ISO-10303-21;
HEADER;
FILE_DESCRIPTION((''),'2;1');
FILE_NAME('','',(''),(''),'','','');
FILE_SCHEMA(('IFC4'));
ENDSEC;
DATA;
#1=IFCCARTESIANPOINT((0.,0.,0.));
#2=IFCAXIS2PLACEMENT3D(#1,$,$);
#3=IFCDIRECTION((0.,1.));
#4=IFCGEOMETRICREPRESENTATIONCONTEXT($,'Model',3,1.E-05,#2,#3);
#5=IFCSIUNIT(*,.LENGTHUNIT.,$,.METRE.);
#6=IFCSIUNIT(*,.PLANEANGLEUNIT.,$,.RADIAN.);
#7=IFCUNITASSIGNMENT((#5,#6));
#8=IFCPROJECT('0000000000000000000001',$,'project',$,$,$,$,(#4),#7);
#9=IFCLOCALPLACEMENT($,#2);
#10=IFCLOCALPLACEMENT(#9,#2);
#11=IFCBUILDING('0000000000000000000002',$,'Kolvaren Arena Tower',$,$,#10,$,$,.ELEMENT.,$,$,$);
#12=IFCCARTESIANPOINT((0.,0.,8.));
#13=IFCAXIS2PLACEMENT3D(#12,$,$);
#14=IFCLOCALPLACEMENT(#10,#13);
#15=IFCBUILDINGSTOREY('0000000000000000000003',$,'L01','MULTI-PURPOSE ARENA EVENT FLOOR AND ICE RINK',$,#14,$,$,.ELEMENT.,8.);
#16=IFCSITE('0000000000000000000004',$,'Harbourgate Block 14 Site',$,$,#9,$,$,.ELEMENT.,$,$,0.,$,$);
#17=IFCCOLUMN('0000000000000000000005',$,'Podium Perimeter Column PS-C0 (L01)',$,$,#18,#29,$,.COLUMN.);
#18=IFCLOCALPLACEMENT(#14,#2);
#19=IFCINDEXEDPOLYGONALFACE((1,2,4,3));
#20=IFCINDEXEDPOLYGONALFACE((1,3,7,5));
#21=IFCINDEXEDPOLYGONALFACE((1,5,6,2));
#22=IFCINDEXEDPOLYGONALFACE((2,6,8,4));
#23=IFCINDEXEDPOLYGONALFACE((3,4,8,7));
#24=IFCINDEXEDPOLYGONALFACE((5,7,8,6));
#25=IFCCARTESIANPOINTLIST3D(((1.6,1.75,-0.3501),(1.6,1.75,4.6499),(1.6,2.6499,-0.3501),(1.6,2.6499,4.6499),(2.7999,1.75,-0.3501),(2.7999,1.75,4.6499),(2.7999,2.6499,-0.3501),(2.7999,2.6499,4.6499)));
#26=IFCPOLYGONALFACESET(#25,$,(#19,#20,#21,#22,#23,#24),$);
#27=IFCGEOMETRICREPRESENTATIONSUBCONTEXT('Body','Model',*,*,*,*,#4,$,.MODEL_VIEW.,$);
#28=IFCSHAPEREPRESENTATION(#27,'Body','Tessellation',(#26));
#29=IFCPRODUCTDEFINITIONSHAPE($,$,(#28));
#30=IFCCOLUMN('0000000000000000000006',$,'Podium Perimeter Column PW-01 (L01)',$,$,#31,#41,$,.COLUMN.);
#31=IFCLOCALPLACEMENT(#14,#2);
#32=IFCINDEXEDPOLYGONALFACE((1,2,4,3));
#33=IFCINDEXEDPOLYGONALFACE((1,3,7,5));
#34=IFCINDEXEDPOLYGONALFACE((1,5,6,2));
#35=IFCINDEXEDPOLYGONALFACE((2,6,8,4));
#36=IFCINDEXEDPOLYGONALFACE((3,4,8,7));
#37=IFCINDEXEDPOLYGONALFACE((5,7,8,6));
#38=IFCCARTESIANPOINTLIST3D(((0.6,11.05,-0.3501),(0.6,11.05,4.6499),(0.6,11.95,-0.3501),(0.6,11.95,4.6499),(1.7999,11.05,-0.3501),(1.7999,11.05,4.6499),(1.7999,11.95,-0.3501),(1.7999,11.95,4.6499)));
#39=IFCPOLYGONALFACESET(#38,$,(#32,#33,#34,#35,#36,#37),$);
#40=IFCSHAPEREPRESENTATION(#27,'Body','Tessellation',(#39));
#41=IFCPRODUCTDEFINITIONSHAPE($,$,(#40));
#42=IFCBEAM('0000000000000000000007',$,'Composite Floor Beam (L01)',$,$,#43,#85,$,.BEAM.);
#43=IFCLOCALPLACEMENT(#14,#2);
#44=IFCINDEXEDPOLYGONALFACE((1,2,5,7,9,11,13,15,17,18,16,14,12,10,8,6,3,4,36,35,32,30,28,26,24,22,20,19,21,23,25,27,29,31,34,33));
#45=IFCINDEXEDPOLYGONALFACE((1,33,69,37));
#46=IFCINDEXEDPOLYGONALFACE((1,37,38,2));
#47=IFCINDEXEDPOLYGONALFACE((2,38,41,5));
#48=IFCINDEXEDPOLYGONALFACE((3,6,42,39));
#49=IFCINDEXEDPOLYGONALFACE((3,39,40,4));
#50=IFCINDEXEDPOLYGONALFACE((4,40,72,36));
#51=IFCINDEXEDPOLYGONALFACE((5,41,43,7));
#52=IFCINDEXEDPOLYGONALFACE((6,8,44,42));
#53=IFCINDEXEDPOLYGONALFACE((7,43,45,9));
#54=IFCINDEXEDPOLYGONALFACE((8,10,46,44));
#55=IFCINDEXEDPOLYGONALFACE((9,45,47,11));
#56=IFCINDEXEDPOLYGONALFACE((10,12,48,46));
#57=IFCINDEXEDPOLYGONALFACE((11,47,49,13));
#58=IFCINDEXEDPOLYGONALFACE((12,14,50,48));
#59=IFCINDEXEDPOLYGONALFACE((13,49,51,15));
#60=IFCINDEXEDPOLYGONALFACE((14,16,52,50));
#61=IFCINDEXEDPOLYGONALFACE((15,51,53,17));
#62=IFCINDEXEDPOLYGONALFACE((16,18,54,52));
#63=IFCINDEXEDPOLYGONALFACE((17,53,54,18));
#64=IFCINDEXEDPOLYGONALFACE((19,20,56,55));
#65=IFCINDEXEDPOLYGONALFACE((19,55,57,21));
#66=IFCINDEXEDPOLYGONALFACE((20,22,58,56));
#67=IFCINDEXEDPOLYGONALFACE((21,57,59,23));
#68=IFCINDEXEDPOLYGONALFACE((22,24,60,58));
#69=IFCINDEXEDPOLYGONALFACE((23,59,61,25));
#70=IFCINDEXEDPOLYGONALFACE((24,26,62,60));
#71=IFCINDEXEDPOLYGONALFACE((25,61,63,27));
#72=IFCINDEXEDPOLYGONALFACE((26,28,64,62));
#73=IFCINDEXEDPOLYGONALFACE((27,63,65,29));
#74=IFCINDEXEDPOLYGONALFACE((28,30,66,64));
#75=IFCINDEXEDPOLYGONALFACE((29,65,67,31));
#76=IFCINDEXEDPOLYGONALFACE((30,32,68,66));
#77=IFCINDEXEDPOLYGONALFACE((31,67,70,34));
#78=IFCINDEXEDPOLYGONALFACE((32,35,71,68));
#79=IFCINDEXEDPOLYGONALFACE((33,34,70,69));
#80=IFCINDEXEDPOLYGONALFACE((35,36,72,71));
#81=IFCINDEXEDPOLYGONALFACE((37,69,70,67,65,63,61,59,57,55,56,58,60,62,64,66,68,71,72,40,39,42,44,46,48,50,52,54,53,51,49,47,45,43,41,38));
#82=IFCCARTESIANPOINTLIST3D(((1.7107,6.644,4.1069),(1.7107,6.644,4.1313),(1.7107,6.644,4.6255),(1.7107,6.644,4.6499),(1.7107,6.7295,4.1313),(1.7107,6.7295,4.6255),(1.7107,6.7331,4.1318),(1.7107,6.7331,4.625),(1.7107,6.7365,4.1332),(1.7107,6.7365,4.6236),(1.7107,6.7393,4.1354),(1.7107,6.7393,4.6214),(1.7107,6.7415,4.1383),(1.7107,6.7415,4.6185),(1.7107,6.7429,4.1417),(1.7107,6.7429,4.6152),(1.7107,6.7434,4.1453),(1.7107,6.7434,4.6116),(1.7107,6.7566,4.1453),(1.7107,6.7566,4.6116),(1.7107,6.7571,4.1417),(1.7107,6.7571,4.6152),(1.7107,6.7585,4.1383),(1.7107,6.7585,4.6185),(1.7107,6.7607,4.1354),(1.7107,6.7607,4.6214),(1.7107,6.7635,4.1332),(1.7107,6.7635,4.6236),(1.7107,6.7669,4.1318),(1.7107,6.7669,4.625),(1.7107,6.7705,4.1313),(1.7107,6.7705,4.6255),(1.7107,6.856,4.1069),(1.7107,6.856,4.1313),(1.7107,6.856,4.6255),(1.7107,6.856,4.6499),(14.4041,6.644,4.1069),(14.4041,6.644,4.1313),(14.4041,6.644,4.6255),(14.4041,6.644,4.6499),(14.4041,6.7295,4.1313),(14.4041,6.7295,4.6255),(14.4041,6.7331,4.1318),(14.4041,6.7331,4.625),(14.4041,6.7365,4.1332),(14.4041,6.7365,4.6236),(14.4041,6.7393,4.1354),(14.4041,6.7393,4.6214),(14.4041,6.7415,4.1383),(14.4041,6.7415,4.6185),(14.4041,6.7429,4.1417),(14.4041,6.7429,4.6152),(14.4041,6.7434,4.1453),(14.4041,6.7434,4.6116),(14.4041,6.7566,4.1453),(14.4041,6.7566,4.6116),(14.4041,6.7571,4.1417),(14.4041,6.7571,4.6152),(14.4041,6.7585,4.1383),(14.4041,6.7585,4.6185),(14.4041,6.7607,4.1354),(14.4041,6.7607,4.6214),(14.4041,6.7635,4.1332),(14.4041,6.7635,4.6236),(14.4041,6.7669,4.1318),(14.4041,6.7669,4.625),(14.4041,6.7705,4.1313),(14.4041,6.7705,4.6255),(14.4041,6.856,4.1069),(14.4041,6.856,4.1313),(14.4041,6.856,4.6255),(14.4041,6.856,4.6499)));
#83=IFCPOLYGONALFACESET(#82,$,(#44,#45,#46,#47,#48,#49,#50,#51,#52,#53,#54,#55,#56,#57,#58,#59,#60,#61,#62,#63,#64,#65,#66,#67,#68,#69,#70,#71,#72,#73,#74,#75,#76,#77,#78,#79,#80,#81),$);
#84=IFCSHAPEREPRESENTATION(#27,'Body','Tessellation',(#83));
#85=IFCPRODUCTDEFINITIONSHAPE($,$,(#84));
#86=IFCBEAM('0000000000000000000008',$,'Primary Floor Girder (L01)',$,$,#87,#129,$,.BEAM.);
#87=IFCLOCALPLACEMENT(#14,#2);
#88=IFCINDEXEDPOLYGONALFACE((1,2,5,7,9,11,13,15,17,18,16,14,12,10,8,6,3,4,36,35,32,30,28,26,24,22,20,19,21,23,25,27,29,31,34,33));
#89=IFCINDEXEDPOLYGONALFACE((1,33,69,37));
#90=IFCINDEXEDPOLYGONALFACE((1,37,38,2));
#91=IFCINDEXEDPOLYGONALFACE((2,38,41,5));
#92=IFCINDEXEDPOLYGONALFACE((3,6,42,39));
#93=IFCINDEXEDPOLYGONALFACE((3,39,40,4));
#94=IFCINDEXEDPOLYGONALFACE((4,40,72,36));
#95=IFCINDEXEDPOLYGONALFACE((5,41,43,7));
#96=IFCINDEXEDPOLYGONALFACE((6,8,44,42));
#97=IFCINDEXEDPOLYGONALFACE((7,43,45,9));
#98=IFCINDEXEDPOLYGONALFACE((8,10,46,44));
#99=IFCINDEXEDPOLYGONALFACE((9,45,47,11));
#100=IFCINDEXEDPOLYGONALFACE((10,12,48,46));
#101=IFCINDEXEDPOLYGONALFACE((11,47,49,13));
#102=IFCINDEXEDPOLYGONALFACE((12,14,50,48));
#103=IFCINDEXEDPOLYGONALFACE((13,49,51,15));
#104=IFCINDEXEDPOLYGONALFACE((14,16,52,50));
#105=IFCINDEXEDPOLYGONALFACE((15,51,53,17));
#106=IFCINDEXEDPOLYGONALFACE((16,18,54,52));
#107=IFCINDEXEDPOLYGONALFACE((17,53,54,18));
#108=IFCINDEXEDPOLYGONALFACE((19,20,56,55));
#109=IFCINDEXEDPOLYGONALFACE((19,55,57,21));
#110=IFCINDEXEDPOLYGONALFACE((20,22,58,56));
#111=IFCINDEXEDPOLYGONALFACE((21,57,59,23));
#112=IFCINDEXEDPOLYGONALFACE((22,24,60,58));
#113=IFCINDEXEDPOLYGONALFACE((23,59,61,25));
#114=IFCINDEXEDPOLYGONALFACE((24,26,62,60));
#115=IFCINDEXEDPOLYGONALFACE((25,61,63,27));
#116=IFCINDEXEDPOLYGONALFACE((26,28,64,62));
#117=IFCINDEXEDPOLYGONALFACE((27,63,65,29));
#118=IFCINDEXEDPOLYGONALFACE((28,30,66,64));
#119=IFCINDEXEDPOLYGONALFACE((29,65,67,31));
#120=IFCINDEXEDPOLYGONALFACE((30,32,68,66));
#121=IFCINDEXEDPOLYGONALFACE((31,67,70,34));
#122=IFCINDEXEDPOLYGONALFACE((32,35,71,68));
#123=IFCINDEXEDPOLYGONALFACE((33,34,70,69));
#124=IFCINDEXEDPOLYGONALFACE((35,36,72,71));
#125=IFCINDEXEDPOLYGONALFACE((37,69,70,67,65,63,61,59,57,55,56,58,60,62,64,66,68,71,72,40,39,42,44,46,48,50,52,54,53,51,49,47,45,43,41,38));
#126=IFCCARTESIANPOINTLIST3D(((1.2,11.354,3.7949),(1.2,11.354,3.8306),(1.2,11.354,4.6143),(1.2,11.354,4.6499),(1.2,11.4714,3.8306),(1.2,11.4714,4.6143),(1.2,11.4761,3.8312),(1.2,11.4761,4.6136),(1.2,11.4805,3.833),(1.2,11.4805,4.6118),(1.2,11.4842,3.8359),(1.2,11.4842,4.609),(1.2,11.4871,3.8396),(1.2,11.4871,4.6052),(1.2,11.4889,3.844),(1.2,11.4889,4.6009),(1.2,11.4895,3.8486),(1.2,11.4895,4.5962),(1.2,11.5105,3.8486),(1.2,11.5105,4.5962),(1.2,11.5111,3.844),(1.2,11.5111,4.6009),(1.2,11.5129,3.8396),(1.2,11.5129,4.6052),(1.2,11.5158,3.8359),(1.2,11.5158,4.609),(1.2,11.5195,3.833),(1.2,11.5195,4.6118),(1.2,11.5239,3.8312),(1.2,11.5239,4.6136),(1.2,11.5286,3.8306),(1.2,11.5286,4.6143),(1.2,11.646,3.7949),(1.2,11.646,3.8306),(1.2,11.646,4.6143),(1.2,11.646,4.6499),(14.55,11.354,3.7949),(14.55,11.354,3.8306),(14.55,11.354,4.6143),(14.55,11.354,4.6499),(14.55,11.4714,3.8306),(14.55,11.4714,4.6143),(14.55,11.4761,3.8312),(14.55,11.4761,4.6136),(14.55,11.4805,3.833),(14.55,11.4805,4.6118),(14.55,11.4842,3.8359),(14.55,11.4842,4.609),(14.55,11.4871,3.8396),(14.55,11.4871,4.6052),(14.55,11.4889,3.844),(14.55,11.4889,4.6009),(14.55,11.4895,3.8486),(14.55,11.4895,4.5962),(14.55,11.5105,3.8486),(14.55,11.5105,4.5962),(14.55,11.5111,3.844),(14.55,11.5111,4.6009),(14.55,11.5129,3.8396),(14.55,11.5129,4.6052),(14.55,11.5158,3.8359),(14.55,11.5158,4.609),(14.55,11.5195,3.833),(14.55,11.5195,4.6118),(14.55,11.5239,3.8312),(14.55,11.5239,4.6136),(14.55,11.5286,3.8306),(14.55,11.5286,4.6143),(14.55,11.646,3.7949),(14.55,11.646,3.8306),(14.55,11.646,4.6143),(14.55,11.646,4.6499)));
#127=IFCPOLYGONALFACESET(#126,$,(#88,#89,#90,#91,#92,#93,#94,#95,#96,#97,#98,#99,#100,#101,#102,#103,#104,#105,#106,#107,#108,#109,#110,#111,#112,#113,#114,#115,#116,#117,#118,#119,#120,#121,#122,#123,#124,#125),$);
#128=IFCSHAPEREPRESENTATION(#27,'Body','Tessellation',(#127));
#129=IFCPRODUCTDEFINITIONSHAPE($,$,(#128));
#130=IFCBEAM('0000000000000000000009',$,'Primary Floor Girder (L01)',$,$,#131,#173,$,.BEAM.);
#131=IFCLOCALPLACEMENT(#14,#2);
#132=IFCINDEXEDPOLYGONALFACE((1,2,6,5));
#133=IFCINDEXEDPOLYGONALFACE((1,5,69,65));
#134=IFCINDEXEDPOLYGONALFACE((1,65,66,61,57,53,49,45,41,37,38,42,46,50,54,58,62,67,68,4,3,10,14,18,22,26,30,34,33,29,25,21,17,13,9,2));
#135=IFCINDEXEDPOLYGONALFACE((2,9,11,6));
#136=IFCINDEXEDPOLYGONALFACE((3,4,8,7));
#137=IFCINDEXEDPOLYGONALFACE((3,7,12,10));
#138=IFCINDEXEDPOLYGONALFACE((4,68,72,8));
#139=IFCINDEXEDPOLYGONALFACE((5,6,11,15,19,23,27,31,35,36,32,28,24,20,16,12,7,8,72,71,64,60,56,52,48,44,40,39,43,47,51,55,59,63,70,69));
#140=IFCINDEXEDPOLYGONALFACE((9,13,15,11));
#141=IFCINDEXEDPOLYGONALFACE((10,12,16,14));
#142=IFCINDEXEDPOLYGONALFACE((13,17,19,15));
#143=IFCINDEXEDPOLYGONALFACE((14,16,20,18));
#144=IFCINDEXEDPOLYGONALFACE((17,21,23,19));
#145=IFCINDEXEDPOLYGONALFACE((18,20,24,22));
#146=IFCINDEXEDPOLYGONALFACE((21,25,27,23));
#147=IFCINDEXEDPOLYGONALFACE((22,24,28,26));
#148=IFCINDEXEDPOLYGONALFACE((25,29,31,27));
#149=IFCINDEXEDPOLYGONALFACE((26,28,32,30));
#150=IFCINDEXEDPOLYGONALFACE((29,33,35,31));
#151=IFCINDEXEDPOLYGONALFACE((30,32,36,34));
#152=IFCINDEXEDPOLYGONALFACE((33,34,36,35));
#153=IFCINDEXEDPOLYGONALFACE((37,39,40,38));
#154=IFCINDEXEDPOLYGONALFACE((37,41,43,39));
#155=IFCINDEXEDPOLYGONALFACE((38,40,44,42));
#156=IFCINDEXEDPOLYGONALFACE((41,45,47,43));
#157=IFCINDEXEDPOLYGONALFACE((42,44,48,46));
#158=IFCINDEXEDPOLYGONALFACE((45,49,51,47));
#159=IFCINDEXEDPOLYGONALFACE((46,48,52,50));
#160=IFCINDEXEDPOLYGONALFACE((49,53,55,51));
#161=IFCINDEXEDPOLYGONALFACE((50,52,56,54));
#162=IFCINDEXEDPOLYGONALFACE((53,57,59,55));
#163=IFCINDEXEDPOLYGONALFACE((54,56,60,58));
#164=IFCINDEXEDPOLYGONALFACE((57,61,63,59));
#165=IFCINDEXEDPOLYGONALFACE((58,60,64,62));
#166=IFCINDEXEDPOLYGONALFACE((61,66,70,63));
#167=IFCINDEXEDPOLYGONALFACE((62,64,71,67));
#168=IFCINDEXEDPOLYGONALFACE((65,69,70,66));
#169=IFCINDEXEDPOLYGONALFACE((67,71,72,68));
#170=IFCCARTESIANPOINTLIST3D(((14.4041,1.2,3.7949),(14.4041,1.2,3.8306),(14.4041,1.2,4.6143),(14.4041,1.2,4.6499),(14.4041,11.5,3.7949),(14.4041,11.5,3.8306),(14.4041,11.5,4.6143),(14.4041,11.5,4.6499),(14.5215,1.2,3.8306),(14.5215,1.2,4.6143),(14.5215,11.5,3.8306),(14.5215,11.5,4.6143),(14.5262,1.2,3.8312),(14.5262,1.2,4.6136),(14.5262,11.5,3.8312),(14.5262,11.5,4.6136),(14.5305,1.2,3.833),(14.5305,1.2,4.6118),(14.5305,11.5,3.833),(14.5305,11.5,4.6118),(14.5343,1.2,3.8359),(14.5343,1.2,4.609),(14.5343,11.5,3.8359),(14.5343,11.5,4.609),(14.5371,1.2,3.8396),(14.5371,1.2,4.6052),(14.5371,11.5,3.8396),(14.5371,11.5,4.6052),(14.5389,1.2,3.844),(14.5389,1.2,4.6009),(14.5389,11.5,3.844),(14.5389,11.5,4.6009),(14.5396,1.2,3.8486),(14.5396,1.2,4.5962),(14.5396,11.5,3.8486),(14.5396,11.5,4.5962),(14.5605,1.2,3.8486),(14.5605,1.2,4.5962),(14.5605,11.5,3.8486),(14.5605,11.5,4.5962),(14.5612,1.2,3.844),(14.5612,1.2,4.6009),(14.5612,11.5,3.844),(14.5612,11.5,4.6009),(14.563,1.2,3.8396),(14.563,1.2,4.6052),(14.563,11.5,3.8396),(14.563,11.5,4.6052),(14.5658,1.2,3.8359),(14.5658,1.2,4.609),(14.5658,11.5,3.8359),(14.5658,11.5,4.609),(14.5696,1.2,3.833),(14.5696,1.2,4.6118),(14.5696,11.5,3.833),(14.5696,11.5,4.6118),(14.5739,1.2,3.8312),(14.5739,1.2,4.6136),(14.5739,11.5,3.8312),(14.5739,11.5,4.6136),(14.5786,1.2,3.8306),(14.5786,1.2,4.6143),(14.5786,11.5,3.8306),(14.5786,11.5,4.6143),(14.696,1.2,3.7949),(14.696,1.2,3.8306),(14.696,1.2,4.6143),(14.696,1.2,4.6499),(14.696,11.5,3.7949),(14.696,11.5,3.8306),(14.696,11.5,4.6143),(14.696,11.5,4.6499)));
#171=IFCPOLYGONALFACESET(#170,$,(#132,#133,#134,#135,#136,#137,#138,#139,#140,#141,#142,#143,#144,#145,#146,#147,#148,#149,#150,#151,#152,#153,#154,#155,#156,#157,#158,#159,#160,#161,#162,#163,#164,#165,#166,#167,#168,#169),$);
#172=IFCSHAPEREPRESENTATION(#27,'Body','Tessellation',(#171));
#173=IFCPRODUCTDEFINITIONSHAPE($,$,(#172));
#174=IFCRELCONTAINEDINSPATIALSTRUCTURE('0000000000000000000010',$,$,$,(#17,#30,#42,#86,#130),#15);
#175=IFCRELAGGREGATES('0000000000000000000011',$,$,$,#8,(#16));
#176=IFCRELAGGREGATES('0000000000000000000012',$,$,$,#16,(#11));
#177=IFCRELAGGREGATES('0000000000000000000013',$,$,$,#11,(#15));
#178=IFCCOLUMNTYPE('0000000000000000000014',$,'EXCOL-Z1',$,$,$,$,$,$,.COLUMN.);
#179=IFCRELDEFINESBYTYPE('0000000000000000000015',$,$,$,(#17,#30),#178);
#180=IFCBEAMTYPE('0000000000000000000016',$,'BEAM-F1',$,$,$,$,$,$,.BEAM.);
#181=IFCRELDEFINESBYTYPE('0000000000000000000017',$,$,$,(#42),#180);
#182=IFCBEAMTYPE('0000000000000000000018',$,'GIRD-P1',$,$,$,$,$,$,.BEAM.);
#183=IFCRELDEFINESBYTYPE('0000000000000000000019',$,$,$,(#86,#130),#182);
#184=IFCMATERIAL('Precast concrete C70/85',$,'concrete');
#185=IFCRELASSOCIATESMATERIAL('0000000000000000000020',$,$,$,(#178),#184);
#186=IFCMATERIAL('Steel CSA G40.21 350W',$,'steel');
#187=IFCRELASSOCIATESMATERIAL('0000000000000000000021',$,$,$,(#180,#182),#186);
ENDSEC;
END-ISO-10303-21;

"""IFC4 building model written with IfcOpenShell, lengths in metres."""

from ifc_helpers import new_model, si_unit, direction, frame, origin, origin_2d, place, context, subcontext, project, spatial, rectangle, i_section, extrude, material, material_profile, profile_set, type_object, element, save


model = new_model("IFC4")

# Units and contexts
model_context = context("Model", 3, precision=1e-05, world=origin(), true_north=direction((0.0, 1.0)))
body_context = subcontext(model_context, "Body", "Model", "MODEL_VIEW")
ifc_project = project(units=[si_unit("LENGTHUNIT", "METRE"), si_unit("PLANEANGLEUNIT", "RADIAN")], contexts=[model_context])

# Site, building, storey
site_placement = place(None, origin())
site = spatial("IfcSite", under=ifc_project, at=site_placement, Name="Harbourgate Block 14 Site", CompositionType="ELEMENT", RefElevation=0.0)
building_placement = place(site_placement, origin())
building = spatial("IfcBuilding", under=site, at=building_placement, Name="Kolvaren Arena Tower", CompositionType="ELEMENT")
storey_placement = place(building_placement, frame((0.0, 0.0, 8.0)))
storey = spatial("IfcBuildingStorey", under=building, at=storey_placement, Name="L01", Description="MULTI-PURPOSE ARENA EVENT FLOOR AND ICE RINK", CompositionType="ELEMENT", Elevation=8.0)

# Columns
ifc_material_1 = material(Name="Precast concrete C70/85", Category="concrete")
ifc_material_profile_1 = material_profile(ifc_material_1, rectangle(XDim=1.2, YDim=0.8999, at=origin_2d()), Name="RC-1200x900")
ifc_profile_set_1 = profile_set([ifc_material_profile_1], Name="Precast concrete C70/85")
column_type = type_object("IfcColumnType", Name="EXCOL-Z1", PredefinedType="COLUMN", material=ifc_profile_set_1)
for number, where, z_axis, x_axis, name in (
    (1, (2.2, 2.2, -0.3501), (0.0, 0.0, 1.0), (1.0, 0.0, 0.0), "Podium Perimeter Column PS-C0 (L01)"),
    (2, (1.2, 11.5, -0.3501), (0.0, 0.0, 1.0), (1.0, 0.0, 0.0), "Podium Perimeter Column PW-01 (L01)"),
):
    element("IfcColumn", number, at=place(storey_placement, frame(where, z_axis=z_axis, x_axis=x_axis)), inside=storey, type_object=column_type, Name=name, PredefinedType="COLUMN", context=body_context, shape_type="SweptSolid", body=[
        extrude(rectangle(XDim=1.2, YDim=0.8999, at=origin_2d()), origin(), (0.0, 0.0, 1.0), 5.0),
    ])

# Beams
ifc_material_2 = material(Name="Steel CSA G40.21 350W", Category="steel")
ifc_material_profile_2 = material_profile(ifc_material_2, i_section(OverallWidth=0.2119, OverallDepth=0.543, WebThickness=0.0132, FlangeThickness=0.0244, FilletRadius=0.0139, at=origin_2d()), Name="W530x150")
ifc_profile_set_2 = profile_set([ifc_material_profile_2], Name="Steel CSA G40.21 350W")
beam_type_1 = type_object("IfcBeamType", Name="BEAM-F1", PredefinedType="BEAM", material=ifc_profile_set_2)
beam_1_placement = place(storey_placement, frame((1.7107, 6.75, 4.3784), z_axis=(1.0, 0.0, 0.0), x_axis=(0.0, 1.0, 0.0)))
element("IfcBeam", 3, at=beam_1_placement, inside=storey, type_object=beam_type_1, Name="Composite Floor Beam (L01)", PredefinedType="BEAM", context=body_context, shape_type="SweptSolid", body=[
    extrude(i_section(OverallWidth=0.2119, OverallDepth=0.543, WebThickness=0.0132, FlangeThickness=0.0244, FilletRadius=0.0139, at=origin_2d()), origin(), (0.0, 0.0, 1.0), 12.6934),
])
ifc_material_profile_3 = material_profile(ifc_material_2, i_section(OverallWidth=0.292, OverallDepth=0.855, WebThickness=0.021, FlangeThickness=0.0356, FilletRadius=0.0181, at=origin_2d()), Name="W840x299")
ifc_profile_set_3 = profile_set([ifc_material_profile_3], Name="Steel CSA G40.21 350W")
beam_type_2 = type_object("IfcBeamType", Name="GIRD-P1", PredefinedType="BEAM", material=ifc_profile_set_3)
beam_2_placement = place(storey_placement, frame((1.2, 11.5, 4.2224), z_axis=(1.0, 0.0, 0.0), x_axis=(0.0, 1.0, 0.0)))
element("IfcBeam", 4, at=beam_2_placement, inside=storey, type_object=beam_type_2, Name="Primary Floor Girder (L01)", PredefinedType="BEAM", context=body_context, shape_type="SweptSolid", body=[
    extrude(i_section(OverallWidth=0.292, OverallDepth=0.855, WebThickness=0.021, FlangeThickness=0.0356, FilletRadius=0.0181, at=origin_2d()), origin(), (0.0, 0.0, 1.0), 13.3501),
])
beam_3_placement = place(storey_placement, frame((14.55, 1.2, 4.2224), z_axis=(0.0, 1.0, 0.0), x_axis=(-1.0, 0.0, 0.0)))
element("IfcBeam", 5, at=beam_3_placement, inside=storey, type_object=beam_type_2, Name="Primary Floor Girder (L01)", PredefinedType="BEAM", context=body_context, shape_type="SweptSolid", body=[
    extrude(i_section(OverallWidth=0.292, OverallDepth=0.855, WebThickness=0.021, FlangeThickness=0.0356, FilletRadius=0.0181, at=origin_2d()), origin(), (0.0, 0.0, 1.0), 10.3),
])

save(model, "model.ifc")
